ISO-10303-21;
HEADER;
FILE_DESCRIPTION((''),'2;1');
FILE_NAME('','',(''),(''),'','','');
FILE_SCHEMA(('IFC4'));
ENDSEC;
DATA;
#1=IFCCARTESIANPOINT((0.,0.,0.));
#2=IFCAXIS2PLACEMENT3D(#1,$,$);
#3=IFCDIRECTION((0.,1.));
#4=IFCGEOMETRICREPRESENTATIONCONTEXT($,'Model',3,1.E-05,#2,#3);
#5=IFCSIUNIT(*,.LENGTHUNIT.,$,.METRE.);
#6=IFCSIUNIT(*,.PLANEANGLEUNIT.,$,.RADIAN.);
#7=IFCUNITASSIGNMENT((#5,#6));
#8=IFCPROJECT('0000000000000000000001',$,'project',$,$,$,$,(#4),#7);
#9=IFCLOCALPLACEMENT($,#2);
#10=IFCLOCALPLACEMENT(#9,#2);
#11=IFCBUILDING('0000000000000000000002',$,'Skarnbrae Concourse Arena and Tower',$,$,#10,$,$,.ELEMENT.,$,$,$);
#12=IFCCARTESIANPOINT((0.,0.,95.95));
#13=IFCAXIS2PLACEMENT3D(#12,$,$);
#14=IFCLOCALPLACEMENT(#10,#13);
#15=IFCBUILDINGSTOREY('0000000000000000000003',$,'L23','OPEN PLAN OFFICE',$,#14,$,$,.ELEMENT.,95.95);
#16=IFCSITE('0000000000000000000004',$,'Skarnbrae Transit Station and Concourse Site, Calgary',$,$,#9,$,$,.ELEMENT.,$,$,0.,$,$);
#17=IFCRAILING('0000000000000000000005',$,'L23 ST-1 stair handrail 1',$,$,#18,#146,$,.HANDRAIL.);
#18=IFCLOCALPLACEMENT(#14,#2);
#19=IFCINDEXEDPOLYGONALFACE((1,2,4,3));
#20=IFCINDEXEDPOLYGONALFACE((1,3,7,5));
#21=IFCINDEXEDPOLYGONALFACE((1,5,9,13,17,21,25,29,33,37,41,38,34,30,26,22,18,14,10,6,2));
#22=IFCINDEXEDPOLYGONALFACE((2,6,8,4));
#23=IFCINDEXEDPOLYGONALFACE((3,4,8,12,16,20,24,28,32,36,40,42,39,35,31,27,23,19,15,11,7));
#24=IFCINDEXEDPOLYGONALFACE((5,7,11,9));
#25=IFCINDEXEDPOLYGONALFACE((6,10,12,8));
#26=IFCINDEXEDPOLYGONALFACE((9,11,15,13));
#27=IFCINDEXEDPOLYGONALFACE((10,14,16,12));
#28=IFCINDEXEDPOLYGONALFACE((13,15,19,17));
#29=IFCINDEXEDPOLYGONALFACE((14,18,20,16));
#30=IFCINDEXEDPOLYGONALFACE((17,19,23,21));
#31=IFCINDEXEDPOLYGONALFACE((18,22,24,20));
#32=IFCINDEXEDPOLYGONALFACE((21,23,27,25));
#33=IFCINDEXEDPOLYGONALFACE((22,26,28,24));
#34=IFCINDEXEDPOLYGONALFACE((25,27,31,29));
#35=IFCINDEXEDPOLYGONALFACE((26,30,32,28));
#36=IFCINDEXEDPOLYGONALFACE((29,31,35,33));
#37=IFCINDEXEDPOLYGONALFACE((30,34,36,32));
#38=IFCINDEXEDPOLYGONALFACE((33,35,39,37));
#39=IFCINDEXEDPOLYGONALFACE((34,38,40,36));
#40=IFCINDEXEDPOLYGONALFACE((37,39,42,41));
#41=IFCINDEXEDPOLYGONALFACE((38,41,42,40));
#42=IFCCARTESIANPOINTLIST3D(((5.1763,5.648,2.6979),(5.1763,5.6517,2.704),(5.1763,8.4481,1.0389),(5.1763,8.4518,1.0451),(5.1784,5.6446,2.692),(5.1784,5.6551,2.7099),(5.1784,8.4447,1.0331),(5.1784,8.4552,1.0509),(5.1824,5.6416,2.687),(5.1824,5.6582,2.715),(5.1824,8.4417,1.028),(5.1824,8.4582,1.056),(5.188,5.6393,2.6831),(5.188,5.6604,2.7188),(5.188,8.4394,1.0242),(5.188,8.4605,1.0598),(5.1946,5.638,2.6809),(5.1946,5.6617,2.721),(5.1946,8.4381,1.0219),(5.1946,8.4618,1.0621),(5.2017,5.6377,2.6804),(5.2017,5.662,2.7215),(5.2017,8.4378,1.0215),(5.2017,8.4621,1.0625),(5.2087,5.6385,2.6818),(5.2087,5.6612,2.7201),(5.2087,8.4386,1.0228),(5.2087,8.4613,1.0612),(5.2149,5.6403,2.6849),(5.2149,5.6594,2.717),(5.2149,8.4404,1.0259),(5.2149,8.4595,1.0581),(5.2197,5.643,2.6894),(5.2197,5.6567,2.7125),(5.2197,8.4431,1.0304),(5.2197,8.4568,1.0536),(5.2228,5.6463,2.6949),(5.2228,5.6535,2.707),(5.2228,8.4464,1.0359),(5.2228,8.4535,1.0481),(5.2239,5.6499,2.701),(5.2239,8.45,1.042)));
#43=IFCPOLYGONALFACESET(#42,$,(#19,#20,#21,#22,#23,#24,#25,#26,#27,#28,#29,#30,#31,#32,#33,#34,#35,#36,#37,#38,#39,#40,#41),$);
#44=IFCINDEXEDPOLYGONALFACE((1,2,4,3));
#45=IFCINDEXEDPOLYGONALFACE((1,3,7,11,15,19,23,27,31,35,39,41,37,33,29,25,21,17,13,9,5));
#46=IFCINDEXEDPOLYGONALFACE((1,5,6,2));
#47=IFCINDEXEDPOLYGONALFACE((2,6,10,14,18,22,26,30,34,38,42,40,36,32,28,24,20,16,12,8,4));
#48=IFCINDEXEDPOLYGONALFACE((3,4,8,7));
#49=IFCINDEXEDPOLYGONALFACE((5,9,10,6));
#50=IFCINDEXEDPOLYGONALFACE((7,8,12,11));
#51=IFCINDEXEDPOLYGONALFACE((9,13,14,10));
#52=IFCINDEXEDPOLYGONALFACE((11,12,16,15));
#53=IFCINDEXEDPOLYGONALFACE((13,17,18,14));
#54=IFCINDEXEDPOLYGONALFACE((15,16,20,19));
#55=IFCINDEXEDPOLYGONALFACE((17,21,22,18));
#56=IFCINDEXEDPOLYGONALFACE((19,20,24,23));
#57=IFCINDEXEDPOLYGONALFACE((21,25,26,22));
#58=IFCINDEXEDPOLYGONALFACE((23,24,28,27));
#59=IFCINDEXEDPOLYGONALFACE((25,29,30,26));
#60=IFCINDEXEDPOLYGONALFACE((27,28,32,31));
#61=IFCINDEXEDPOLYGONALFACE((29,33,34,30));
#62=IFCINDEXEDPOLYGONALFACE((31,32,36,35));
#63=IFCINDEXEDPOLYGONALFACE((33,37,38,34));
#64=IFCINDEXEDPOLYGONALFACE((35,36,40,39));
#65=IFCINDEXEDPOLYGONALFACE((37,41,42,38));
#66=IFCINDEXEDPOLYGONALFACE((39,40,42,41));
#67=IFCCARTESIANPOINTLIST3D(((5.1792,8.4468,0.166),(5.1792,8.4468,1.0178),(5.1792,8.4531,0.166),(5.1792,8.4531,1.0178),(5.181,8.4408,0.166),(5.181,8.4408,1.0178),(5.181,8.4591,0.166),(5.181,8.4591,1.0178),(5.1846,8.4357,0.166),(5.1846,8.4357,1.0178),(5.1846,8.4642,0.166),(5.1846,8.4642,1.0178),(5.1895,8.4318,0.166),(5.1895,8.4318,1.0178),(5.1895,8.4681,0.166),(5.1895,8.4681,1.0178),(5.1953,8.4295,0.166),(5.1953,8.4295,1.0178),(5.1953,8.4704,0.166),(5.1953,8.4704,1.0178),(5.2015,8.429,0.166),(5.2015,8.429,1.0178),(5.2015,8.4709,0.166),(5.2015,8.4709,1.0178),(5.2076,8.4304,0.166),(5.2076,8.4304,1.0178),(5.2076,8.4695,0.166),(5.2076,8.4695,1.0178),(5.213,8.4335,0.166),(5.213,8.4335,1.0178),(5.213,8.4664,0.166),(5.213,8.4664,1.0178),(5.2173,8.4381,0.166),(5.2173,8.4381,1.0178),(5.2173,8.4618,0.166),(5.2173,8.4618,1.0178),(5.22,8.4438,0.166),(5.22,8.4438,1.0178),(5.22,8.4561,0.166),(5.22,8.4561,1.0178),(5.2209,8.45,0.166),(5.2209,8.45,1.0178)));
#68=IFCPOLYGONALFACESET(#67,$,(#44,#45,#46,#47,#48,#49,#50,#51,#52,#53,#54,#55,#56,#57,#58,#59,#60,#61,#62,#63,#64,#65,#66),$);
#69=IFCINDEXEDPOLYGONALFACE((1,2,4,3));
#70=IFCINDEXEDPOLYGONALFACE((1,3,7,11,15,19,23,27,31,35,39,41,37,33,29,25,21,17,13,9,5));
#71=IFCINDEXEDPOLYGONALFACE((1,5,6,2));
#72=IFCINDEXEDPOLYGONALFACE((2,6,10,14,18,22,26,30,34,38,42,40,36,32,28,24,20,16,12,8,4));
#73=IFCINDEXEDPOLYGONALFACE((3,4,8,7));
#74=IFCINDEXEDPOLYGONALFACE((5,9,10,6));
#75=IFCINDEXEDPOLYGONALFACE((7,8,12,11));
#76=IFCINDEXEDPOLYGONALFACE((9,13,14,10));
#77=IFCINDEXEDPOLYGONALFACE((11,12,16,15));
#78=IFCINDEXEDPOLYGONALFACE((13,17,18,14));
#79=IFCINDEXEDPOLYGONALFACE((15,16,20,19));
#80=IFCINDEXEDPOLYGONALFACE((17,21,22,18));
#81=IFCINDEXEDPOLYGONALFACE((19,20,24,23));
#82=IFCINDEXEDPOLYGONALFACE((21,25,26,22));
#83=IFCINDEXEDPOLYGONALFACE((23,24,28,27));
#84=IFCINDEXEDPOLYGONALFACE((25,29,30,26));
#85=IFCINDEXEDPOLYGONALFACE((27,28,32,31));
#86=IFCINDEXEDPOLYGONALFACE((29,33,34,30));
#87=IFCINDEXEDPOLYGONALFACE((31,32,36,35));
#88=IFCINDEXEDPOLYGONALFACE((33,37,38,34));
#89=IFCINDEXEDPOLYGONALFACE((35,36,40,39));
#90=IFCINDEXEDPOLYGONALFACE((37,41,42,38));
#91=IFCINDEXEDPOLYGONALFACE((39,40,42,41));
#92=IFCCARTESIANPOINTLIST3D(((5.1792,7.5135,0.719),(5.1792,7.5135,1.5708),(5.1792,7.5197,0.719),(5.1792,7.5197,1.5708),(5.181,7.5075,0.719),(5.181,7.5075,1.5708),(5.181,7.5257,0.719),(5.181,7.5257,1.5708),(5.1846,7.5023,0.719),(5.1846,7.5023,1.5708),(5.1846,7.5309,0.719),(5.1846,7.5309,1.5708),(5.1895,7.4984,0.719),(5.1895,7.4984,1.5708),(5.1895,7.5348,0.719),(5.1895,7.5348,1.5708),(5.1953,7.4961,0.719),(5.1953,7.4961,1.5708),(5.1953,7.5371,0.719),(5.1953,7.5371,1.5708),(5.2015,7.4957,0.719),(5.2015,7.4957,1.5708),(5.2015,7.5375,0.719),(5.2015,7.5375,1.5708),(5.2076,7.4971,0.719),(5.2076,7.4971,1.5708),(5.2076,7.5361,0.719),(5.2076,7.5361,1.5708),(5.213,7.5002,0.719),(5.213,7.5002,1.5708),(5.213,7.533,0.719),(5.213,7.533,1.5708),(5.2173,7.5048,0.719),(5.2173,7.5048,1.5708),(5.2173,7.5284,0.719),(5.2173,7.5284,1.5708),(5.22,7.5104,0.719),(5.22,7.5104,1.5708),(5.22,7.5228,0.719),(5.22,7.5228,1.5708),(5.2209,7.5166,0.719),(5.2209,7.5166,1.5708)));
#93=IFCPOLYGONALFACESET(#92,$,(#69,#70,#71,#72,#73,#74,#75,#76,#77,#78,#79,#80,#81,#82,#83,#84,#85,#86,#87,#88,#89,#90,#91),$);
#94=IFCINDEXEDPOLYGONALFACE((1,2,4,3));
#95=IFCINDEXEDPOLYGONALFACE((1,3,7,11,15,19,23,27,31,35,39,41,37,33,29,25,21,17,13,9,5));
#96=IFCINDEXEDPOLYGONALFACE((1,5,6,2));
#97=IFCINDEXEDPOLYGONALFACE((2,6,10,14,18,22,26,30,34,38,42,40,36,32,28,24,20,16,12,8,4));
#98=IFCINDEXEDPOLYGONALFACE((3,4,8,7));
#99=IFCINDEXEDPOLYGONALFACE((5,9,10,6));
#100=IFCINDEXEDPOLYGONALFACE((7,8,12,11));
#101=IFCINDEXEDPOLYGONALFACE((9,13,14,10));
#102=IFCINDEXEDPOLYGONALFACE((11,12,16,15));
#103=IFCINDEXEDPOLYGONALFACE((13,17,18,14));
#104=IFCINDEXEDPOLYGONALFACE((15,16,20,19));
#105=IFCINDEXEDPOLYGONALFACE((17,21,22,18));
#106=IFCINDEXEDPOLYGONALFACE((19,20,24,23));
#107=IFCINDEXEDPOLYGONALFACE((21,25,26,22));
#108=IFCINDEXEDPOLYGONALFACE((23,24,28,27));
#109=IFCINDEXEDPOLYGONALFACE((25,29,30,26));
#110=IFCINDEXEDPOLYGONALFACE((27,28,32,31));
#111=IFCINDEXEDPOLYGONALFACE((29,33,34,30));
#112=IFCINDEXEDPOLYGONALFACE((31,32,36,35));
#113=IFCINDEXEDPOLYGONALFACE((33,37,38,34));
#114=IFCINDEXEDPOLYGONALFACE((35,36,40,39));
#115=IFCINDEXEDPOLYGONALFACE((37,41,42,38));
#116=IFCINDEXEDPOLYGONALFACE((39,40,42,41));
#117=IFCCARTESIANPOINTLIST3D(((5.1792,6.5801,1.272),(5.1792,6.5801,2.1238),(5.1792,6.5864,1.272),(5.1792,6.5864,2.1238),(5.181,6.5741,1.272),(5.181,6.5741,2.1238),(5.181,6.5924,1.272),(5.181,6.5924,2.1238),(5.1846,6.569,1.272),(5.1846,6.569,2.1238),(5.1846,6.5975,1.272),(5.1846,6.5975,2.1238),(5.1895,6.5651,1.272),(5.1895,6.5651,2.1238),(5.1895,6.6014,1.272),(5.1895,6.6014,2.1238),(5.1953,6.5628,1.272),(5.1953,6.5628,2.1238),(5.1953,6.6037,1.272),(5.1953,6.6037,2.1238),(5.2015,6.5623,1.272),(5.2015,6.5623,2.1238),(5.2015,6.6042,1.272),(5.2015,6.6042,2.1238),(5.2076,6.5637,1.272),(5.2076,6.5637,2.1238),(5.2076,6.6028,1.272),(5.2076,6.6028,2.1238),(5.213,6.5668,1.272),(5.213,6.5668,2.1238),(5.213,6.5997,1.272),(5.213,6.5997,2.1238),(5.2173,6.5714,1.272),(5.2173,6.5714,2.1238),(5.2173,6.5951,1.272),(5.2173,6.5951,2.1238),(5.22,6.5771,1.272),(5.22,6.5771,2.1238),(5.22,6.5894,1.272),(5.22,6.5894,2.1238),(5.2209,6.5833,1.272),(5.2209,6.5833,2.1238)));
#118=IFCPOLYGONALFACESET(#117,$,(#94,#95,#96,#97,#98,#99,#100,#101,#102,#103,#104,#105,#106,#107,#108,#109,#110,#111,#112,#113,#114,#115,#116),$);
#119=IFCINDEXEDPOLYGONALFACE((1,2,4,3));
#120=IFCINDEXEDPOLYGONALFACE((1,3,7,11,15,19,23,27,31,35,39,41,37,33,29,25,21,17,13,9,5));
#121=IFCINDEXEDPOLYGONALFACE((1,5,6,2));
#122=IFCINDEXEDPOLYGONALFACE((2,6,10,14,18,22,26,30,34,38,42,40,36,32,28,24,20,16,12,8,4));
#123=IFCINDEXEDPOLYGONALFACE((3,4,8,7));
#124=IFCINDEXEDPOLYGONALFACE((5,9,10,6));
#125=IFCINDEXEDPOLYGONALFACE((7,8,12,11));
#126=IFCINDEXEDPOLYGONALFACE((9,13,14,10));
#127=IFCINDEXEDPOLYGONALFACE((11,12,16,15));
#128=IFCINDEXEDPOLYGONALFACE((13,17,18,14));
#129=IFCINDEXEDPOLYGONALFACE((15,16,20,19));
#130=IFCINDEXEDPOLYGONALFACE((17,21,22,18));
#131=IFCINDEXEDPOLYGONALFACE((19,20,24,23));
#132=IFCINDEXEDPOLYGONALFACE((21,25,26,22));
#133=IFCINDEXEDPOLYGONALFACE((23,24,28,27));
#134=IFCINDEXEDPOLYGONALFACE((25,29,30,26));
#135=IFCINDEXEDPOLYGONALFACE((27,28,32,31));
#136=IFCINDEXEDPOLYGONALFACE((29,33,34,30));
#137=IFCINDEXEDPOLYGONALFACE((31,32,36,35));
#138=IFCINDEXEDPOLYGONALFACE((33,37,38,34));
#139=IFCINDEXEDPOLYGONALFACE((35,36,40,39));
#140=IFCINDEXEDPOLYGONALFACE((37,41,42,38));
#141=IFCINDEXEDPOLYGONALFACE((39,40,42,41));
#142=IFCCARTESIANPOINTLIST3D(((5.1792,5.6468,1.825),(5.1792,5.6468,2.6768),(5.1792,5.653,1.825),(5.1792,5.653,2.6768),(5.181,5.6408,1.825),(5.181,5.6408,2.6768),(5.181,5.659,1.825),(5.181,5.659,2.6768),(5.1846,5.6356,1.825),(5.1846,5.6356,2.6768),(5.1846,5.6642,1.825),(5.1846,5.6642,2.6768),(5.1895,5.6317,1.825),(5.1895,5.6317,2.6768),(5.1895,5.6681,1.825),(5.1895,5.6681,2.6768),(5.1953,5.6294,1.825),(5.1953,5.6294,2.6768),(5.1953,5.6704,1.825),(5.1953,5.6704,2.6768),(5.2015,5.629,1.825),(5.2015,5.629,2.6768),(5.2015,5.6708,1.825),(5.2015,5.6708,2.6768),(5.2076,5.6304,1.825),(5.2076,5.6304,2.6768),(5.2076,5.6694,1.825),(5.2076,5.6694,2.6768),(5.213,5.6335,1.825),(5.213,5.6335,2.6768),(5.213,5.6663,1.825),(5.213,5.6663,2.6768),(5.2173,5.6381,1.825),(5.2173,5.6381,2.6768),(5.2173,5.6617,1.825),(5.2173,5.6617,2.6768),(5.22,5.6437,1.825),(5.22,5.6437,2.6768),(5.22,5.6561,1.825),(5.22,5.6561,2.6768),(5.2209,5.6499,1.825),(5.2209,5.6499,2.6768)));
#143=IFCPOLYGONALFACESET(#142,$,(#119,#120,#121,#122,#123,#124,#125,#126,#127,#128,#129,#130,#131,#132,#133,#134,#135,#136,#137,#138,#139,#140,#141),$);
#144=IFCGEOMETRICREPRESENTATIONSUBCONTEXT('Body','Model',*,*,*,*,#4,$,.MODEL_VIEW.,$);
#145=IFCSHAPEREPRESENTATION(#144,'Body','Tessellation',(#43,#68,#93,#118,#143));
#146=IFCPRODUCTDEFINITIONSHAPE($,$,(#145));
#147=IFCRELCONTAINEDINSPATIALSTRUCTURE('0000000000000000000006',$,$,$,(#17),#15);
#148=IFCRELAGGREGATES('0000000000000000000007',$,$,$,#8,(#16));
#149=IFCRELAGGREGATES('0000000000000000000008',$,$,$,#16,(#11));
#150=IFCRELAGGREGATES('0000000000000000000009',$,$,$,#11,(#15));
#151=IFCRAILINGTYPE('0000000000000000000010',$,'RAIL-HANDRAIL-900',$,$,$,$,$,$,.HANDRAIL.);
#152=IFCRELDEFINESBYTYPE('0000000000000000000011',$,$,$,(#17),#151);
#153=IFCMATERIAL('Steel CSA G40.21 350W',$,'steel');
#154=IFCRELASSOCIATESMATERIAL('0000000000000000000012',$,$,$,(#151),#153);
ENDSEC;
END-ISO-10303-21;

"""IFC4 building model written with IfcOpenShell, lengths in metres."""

from ifc_helpers import new_model, si_unit, direction, frame, origin, origin_2d, place, context, subcontext, project, spatial, circle, extrude, material, type_object, element, save


model = new_model("IFC4")

# Units and contexts
model_context = context("Model", 3, precision=1e-05, world=origin(), true_north=direction((0.0, 1.0)))
body_context = subcontext(model_context, "Body", "Model", "MODEL_VIEW")
ifc_project = project(units=[si_unit("LENGTHUNIT", "METRE"), si_unit("PLANEANGLEUNIT", "RADIAN")], contexts=[model_context])

# Site, building, storey
site_placement = place(None, origin())
site = spatial("IfcSite", under=ifc_project, at=site_placement, Name="Skarnbrae Transit Station and Concourse Site, Calgary", CompositionType="ELEMENT", RefElevation=0.0)
building_placement = place(site_placement, origin())
building = spatial("IfcBuilding", under=site, at=building_placement, Name="Skarnbrae Concourse Arena and Tower", CompositionType="ELEMENT")
storey_placement = place(building_placement, frame((0.0, 0.0, 95.95)))
storey = spatial("IfcBuildingStorey", under=building, at=storey_placement, Name="L23", Description="OPEN PLAN OFFICE", CompositionType="ELEMENT", Elevation=95.95)

# Railing
ifc_material_1 = material(Name="Steel CSA G40.21 350W", Category="steel")
railing_type_1 = type_object("IfcRailingType", Name="RAIL-HANDRAIL-900", PredefinedType="HANDRAIL", material=ifc_material_1)
railing_1_placement = place(storey_placement, frame((5.2, 8.45, 0.166)))
element("IfcRailing", 1, at=railing_1_placement, inside=storey, type_object=railing_type_1, Name="L23 ST-1 stair handrail 1", PredefinedType="HANDRAIL", context=body_context, shape_type="SweptSolid", body=[
    extrude(circle(Radius=0.0239, at=origin_2d()), frame((0.0, 0.0, 0.876), z_axis=(0.0, -0.860339, 0.509722), x_axis=(1.0, 0.0, 0.0)), (0.0, 0.0, 1.0), 3.2546),
    extrude(circle(Radius=0.021, at=origin_2d()), origin(), (0.0, 0.0, 1.0), 0.8518),
    extrude(circle(Radius=0.021, at=origin_2d()), frame((0.0, -0.9333, 0.553)), (0.0, 0.0, 1.0), 0.8518),
    extrude(circle(Radius=0.021, at=origin_2d()), frame((0.0, -1.8667, 1.106)), (0.0, 0.0, 1.0), 0.8518),
    extrude(circle(Radius=0.021, at=origin_2d()), frame((0.0, -2.8, 1.6589)), (0.0, 0.0, 1.0), 0.8518),
])

save(model, "model.ifc")
